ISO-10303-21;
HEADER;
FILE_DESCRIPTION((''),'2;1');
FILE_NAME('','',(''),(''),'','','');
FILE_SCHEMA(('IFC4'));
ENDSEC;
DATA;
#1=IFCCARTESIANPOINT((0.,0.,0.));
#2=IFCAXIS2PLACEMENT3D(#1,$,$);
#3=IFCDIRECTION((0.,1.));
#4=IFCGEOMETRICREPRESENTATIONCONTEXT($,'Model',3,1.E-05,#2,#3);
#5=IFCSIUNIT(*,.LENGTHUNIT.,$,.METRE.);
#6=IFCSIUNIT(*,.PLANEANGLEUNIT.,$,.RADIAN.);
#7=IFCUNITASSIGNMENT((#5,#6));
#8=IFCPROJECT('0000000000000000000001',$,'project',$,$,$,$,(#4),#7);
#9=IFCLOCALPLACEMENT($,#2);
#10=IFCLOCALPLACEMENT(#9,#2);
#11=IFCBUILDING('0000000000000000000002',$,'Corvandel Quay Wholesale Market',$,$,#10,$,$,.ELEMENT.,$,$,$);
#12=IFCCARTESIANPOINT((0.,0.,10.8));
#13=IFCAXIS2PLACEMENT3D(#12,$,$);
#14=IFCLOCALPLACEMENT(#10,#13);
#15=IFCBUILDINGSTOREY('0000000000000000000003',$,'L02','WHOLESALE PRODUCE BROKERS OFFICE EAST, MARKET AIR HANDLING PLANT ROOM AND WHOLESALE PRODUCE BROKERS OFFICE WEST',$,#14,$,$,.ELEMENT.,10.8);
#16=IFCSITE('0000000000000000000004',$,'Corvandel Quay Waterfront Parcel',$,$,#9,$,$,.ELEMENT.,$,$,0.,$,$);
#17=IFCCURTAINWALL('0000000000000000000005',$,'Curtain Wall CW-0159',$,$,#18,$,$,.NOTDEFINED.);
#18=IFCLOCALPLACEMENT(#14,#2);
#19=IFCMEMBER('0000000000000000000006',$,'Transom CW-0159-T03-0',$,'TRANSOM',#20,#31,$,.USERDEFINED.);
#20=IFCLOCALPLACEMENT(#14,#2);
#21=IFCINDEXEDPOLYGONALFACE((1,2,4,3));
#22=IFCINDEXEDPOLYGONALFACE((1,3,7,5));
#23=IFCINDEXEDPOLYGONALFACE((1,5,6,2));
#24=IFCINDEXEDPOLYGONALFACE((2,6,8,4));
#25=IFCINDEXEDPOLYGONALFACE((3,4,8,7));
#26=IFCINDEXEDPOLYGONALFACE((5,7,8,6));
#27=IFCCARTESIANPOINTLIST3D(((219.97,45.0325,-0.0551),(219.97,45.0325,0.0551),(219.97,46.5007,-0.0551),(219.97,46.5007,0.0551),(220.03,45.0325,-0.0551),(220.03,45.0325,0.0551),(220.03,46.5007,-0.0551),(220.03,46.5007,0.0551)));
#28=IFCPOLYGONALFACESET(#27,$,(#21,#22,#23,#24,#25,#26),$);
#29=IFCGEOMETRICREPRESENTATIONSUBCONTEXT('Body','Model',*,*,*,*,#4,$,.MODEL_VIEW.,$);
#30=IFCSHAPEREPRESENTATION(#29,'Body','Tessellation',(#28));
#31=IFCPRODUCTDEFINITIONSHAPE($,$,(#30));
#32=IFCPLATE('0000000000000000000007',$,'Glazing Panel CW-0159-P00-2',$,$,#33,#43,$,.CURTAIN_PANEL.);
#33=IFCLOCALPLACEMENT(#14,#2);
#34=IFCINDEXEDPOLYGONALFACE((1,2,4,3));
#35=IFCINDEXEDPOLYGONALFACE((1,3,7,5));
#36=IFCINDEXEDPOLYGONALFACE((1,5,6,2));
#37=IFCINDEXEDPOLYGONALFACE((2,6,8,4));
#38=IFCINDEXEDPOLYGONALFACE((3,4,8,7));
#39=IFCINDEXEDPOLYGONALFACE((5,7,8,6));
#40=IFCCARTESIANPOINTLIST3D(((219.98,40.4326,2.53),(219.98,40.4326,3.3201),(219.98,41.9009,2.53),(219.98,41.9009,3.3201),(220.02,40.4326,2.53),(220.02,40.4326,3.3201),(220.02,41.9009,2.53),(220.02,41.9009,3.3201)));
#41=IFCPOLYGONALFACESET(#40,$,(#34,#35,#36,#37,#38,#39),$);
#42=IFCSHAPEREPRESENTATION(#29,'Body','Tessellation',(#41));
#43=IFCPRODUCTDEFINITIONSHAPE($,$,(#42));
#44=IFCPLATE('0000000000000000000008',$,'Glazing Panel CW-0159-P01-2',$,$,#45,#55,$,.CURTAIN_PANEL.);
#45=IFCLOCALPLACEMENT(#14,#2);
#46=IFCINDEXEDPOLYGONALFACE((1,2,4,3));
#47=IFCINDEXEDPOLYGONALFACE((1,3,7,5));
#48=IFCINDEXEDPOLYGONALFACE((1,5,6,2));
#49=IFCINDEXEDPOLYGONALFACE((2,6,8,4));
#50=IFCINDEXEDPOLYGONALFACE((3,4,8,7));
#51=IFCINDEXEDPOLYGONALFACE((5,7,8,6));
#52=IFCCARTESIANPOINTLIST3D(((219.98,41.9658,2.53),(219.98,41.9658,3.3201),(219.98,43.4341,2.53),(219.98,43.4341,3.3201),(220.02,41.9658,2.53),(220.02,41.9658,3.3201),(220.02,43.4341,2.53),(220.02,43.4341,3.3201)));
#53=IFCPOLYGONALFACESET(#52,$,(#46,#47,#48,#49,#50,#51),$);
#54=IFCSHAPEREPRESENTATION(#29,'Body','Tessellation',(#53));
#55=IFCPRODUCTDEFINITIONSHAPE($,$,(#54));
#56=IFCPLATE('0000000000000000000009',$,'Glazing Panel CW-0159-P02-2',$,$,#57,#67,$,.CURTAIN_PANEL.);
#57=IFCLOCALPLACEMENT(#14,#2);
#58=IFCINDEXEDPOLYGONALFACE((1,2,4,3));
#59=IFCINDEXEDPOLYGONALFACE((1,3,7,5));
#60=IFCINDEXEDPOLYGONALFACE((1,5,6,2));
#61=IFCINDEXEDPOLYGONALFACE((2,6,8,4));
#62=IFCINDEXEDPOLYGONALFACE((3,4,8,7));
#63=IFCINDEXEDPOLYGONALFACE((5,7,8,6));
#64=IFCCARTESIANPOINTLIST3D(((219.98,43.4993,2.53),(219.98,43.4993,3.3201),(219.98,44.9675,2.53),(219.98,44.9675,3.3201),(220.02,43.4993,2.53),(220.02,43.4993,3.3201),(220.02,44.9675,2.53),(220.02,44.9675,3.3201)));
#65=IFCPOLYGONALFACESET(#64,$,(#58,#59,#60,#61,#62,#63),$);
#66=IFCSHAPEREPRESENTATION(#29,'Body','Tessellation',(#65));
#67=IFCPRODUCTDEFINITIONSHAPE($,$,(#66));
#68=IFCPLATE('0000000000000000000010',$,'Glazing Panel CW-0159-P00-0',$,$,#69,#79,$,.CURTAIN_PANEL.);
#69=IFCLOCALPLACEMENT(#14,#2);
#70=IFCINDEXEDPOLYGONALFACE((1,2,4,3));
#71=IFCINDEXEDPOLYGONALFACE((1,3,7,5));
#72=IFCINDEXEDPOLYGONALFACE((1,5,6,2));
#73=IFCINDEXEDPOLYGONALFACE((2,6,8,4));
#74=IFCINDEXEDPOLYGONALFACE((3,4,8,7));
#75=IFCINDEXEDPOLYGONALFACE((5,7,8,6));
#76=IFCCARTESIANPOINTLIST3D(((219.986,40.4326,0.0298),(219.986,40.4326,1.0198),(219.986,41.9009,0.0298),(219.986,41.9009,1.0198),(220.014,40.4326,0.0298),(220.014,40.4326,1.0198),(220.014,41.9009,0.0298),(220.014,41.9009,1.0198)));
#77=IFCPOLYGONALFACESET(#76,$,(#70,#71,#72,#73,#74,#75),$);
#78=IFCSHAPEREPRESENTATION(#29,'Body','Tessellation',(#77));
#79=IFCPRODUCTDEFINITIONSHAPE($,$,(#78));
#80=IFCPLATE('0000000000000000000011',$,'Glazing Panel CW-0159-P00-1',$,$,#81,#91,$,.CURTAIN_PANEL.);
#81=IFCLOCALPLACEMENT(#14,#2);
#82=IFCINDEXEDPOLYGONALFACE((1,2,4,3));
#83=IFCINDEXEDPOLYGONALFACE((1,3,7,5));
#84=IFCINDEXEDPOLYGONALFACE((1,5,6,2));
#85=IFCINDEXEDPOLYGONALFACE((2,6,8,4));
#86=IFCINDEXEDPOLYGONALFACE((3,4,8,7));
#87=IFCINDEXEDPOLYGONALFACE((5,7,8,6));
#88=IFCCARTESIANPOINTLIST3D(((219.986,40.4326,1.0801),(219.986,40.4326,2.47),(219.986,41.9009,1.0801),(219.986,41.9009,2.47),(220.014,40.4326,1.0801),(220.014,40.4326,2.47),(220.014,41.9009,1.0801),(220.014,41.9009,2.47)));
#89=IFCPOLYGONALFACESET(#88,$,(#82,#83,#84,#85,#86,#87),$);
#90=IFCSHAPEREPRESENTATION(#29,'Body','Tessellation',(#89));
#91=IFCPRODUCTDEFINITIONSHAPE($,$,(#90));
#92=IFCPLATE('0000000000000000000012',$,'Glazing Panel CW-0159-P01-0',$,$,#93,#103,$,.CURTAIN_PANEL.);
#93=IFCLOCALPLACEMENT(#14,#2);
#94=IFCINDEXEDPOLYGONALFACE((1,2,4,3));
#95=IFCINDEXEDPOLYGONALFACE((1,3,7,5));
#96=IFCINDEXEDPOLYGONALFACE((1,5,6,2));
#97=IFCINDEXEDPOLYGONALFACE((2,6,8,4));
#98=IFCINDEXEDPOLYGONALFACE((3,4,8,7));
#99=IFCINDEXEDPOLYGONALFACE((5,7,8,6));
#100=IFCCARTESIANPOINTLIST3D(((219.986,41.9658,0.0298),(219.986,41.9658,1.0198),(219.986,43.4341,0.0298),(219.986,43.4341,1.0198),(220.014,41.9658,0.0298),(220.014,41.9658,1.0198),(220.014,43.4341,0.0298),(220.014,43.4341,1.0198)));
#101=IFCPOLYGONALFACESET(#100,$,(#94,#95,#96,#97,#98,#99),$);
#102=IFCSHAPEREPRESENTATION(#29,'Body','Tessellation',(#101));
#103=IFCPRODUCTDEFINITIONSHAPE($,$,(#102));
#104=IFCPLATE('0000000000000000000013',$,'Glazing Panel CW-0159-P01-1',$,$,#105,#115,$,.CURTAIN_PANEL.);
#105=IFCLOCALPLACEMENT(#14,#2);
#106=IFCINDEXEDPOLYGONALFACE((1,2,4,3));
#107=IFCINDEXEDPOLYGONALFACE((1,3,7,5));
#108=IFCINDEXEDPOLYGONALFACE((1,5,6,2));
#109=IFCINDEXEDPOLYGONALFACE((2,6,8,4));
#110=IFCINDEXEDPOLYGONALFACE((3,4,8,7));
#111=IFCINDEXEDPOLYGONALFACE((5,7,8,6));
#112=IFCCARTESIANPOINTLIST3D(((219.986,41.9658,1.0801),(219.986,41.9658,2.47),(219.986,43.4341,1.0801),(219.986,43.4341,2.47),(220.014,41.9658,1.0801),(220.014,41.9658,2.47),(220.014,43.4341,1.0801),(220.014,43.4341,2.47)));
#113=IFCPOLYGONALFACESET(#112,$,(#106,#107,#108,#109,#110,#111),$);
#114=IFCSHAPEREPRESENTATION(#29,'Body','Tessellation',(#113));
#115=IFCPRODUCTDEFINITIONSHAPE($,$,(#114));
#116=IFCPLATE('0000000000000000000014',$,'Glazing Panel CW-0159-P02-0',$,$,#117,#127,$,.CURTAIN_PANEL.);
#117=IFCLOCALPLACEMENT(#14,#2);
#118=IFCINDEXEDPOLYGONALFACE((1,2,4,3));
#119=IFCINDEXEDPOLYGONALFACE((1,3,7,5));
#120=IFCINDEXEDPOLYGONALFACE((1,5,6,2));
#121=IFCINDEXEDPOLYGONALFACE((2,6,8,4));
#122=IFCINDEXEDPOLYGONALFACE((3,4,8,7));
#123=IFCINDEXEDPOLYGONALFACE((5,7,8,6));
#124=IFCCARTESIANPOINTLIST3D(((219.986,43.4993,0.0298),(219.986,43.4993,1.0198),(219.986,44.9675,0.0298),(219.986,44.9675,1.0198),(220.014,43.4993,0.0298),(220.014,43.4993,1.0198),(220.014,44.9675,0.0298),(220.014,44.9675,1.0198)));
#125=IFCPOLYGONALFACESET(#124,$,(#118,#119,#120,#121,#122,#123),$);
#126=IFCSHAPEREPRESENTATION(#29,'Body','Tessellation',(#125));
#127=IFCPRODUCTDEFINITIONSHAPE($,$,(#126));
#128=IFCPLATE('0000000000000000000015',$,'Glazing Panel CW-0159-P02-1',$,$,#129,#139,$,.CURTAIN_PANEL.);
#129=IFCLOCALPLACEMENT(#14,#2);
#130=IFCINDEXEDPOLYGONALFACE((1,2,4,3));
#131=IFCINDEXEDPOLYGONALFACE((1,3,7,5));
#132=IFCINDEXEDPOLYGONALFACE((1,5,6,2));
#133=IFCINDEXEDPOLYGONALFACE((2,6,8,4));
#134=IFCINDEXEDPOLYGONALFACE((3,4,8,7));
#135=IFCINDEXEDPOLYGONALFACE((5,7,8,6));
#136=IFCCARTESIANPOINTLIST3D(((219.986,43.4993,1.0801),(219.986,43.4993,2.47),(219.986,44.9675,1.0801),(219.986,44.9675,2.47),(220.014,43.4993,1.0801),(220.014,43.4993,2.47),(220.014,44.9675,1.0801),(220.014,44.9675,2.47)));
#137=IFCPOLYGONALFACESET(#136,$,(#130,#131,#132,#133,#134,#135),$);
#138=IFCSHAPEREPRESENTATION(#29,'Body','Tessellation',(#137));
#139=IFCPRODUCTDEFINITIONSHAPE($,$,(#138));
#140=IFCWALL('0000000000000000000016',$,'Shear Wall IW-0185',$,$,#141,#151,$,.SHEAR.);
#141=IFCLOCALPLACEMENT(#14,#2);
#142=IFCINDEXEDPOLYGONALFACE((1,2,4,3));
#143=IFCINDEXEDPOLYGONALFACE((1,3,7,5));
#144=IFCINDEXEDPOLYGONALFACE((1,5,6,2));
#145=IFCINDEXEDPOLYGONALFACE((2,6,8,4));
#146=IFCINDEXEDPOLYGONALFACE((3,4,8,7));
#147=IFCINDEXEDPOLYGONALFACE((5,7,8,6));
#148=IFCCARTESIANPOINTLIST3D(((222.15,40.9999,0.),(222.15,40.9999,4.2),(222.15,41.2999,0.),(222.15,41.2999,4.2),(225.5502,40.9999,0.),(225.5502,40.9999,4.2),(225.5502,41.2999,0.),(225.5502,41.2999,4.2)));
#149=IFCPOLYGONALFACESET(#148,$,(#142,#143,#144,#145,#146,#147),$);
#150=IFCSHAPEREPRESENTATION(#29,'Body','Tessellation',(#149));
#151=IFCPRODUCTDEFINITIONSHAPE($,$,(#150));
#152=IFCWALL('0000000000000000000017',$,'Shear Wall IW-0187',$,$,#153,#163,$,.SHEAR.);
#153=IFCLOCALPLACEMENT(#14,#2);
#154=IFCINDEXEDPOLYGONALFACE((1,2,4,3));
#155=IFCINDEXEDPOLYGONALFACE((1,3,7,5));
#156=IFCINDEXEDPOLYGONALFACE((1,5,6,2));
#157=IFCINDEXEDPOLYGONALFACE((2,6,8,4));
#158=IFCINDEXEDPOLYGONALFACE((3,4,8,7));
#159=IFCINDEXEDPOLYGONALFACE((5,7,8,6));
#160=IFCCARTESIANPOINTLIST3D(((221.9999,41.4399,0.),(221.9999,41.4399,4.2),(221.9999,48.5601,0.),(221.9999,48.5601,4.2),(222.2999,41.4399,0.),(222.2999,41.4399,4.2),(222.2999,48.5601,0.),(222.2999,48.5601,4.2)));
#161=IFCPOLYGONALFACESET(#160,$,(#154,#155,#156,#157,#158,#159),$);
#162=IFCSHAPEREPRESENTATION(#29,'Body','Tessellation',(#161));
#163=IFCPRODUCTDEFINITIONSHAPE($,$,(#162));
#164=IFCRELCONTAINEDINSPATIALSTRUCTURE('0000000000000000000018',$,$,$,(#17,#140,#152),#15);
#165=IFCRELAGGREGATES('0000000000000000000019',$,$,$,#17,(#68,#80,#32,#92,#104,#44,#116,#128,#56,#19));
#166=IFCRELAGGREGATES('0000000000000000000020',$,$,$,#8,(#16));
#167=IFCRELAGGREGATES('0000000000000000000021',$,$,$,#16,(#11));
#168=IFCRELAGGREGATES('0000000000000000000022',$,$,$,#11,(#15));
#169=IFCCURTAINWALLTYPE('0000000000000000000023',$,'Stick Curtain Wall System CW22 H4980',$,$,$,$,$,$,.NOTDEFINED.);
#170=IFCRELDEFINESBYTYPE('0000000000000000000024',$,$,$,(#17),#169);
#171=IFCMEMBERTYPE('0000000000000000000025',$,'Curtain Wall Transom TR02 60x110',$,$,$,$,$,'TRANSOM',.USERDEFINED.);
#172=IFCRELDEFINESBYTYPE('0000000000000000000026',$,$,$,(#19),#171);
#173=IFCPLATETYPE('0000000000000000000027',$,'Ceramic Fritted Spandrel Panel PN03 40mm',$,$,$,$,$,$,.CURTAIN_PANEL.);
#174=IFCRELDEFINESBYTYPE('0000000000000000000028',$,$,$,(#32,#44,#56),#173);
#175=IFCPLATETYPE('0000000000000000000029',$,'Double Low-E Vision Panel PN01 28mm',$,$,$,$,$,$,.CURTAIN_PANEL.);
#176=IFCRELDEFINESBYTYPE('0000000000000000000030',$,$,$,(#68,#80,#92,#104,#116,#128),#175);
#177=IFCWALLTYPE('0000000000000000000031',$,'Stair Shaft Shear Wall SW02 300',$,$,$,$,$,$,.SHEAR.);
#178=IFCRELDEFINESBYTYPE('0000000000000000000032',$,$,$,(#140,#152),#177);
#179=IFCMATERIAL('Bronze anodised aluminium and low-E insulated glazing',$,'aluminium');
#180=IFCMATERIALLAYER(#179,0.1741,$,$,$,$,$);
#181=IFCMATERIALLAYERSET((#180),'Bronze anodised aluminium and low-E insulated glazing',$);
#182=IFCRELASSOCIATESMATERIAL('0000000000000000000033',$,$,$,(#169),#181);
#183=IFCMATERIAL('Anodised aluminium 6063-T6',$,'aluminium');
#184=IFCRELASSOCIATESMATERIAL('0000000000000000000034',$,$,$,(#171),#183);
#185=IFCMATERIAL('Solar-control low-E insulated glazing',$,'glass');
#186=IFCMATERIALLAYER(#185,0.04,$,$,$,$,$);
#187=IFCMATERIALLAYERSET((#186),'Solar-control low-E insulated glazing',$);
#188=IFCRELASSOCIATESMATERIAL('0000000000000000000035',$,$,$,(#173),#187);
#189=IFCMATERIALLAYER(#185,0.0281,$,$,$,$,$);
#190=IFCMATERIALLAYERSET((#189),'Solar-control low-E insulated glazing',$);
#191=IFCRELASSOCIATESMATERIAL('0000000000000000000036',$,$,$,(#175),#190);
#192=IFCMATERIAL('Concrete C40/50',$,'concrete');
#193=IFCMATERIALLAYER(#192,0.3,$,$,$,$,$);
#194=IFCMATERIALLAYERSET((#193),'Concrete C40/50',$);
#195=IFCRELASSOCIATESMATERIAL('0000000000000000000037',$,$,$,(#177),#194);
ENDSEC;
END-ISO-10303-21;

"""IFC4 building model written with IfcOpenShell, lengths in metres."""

from ifc_helpers import new_model, si_unit, direction, frame, frame_2d, origin, origin_2d, place, context, subcontext, project, spatial, rectangle, extrude, material, layer, layer_set, material_profile, profile_set, type_object, element, aggregate, save


model = new_model("IFC4")

# Units and contexts
model_context = context("Model", 3, precision=1e-05, world=origin(), true_north=direction((0.0, 1.0)))
body_context = subcontext(model_context, "Body", "Model", "MODEL_VIEW")
ifc_project = project(units=[si_unit("LENGTHUNIT", "METRE"), si_unit("PLANEANGLEUNIT", "RADIAN")], contexts=[model_context])

# Site, building, storey
site_placement = place(None, origin())
site = spatial("IfcSite", under=ifc_project, at=site_placement, Name="Corvandel Quay Waterfront Parcel", CompositionType="ELEMENT", RefElevation=0.0)
building_placement = place(site_placement, origin())
building = spatial("IfcBuilding", under=site, at=building_placement, Name="Corvandel Quay Wholesale Market", CompositionType="ELEMENT")
storey_placement = place(building_placement, frame((0.0, 0.0, 10.8)))
storey = spatial("IfcBuildingStorey", under=building, at=storey_placement, Name="L02", Description="WHOLESALE PRODUCE BROKERS OFFICE EAST, MARKET AIR HANDLING PLANT ROOM AND WHOLESALE PRODUCE BROKERS OFFICE WEST", CompositionType="ELEMENT", Elevation=10.8)

# Curtain wall, member, plates
ifc_material_1 = material(Name="Bronze anodised aluminium and low-E insulated glazing", Category="aluminium")
ifc_layer_1 = layer(ifc_material_1, 0.1741)
ifc_layer_set_1 = layer_set([ifc_layer_1], Name="Bronze anodised aluminium and low-E insulated glazing")
curtain_wall_type = type_object("IfcCurtainWallType", Name="Stick Curtain Wall System CW22 H4980", PredefinedType="NOTDEFINED", material=ifc_layer_set_1)
curtain_wall_placement = place(storey_placement, origin())
curtain_wall = element("IfcCurtainWall", 1, at=curtain_wall_placement, inside=storey, type_object=curtain_wall_type, Name="Curtain Wall CW-0159", PredefinedType="NOTDEFINED")
ifc_material_2 = material(Name="Anodised aluminium 6063-T6", Category="aluminium")
ifc_material_profile_1 = material_profile(ifc_material_2, rectangle(XDim=0.0601, YDim=0.1101, at=origin_2d()), Name="ALU-TRN-60x110")
ifc_profile_set_1 = profile_set([ifc_material_profile_1], Name="Anodised aluminium 6063-T6")
member_type_1 = type_object("IfcMemberType", Name="Curtain Wall Transom TR02 60x110", ElementType="TRANSOM", PredefinedType="USERDEFINED", material=ifc_profile_set_1)
member_1_placement = place(storey_placement, frame((220.0, 45.0325, 0.0), z_axis=(0.0, 1.0, 0.0), x_axis=(-1.0, 0.0, 0.0)))
member_1 = element("IfcMember", 2, at=member_1_placement, type_object=member_type_1, Name="Transom CW-0159-T03-0", ObjectType="TRANSOM", PredefinedType="USERDEFINED", context=body_context, shape_type="SweptSolid", body=[
    extrude(rectangle(XDim=0.0601, YDim=0.1101, at=origin_2d()), origin(), (0.0, 0.0, 1.0), 1.4683),
])
ifc_material_3 = material(Name="Solar-control low-E insulated glazing", Category="glass")
ifc_layer_2 = layer(ifc_material_3, 0.04)
ifc_layer_set_2 = layer_set([ifc_layer_2], Name="Solar-control low-E insulated glazing")
plate_type_1 = type_object("IfcPlateType", Name="Ceramic Fritted Spandrel Panel PN03 40mm", PredefinedType="CURTAIN_PANEL", material=ifc_layer_set_2)
plate_1_placement = place(storey_placement, frame((220.0, 41.1667, 2.53), z_axis=(0.0, 0.0, 1.0), x_axis=(0.0, 1.0, 0.0)))
plate_1 = element("IfcPlate", 3, at=plate_1_placement, type_object=plate_type_1, Name="Glazing Panel CW-0159-P00-2", PredefinedType="CURTAIN_PANEL", context=body_context, shape_type="SweptSolid", body=[
    extrude(rectangle(XDim=1.4683, YDim=0.04, at=origin_2d()), origin(), (0.0, 0.0, 1.0), 0.79),
])
plate_2_placement = place(storey_placement, frame((220.0, 42.7, 2.53), z_axis=(0.0, 0.0, 1.0), x_axis=(0.0, 1.0, 0.0)))
plate_2 = element("IfcPlate", 4, at=plate_2_placement, type_object=plate_type_1, Name="Glazing Panel CW-0159-P01-2", PredefinedType="CURTAIN_PANEL", context=body_context, shape_type="SweptSolid", body=[
    extrude(rectangle(XDim=1.4683, YDim=0.04, at=origin_2d()), origin(), (0.0, 0.0, 1.0), 0.79),
])
plate_3_placement = place(storey_placement, frame((220.0, 44.2334, 2.53), z_axis=(0.0, 0.0, 1.0), x_axis=(0.0, 1.0, 0.0)))
plate_3 = element("IfcPlate", 5, at=plate_3_placement, type_object=plate_type_1, Name="Glazing Panel CW-0159-P02-2", PredefinedType="CURTAIN_PANEL", context=body_context, shape_type="SweptSolid", body=[
    extrude(rectangle(XDim=1.4683, YDim=0.04, at=origin_2d()), origin(), (0.0, 0.0, 1.0), 0.79),
])
ifc_layer_3 = layer(ifc_material_3, 0.0281)
ifc_layer_set_3 = layer_set([ifc_layer_3], Name="Solar-control low-E insulated glazing")
plate_type_2 = type_object("IfcPlateType", Name="Double Low-E Vision Panel PN01 28mm", PredefinedType="CURTAIN_PANEL", material=ifc_layer_set_3)
plate_4_placement = place(storey_placement, frame((220.0, 41.1667, 0.0298), z_axis=(0.0, 0.0, 1.0), x_axis=(0.0, 1.0, 0.0)))
plate_4 = element("IfcPlate", 6, at=plate_4_placement, type_object=plate_type_2, Name="Glazing Panel CW-0159-P00-0", PredefinedType="CURTAIN_PANEL", context=body_context, shape_type="SweptSolid", body=[
    extrude(rectangle(XDim=1.4683, YDim=0.0281, at=origin_2d()), origin(), (0.0, 0.0, 1.0), 0.99),
])
plate_5_placement = place(storey_placement, frame((220.0, 41.1667, 1.0801), z_axis=(0.0, 0.0, 1.0), x_axis=(0.0, 1.0, 0.0)))
plate_5 = element("IfcPlate", 7, at=plate_5_placement, type_object=plate_type_2, Name="Glazing Panel CW-0159-P00-1", PredefinedType="CURTAIN_PANEL", context=body_context, shape_type="SweptSolid", body=[
    extrude(rectangle(XDim=1.4683, YDim=0.0281, at=origin_2d()), origin(), (0.0, 0.0, 1.0), 1.3899),
])
plate_6_placement = place(storey_placement, frame((220.0, 42.7, 0.0298), z_axis=(0.0, 0.0, 1.0), x_axis=(0.0, 1.0, 0.0)))
plate_6 = element("IfcPlate", 8, at=plate_6_placement, type_object=plate_type_2, Name="Glazing Panel CW-0159-P01-0", PredefinedType="CURTAIN_PANEL", context=body_context, shape_type="SweptSolid", body=[
    extrude(rectangle(XDim=1.4683, YDim=0.0281, at=origin_2d()), origin(), (0.0, 0.0, 1.0), 0.99),
])
plate_7_placement = place(storey_placement, frame((220.0, 42.7, 1.0801), z_axis=(0.0, 0.0, 1.0), x_axis=(0.0, 1.0, 0.0)))
plate_7 = element("IfcPlate", 9, at=plate_7_placement, type_object=plate_type_2, Name="Glazing Panel CW-0159-P01-1", PredefinedType="CURTAIN_PANEL", context=body_context, shape_type="SweptSolid", body=[
    extrude(rectangle(XDim=1.4683, YDim=0.0281, at=origin_2d()), origin(), (0.0, 0.0, 1.0), 1.3899),
])
plate_8_placement = place(storey_placement, frame((220.0, 44.2334, 0.0298), z_axis=(0.0, 0.0, 1.0), x_axis=(0.0, 1.0, 0.0)))
plate_8 = element("IfcPlate", 10, at=plate_8_placement, type_object=plate_type_2, Name="Glazing Panel CW-0159-P02-0", PredefinedType="CURTAIN_PANEL", context=body_context, shape_type="SweptSolid", body=[
    extrude(rectangle(XDim=1.4683, YDim=0.0281, at=origin_2d()), origin(), (0.0, 0.0, 1.0), 0.99),
])
plate_9_placement = place(storey_placement, frame((220.0, 44.2334, 1.0801), z_axis=(0.0, 0.0, 1.0), x_axis=(0.0, 1.0, 0.0)))
plate_9 = element("IfcPlate", 11, at=plate_9_placement, type_object=plate_type_2, Name="Glazing Panel CW-0159-P02-1", PredefinedType="CURTAIN_PANEL", context=body_context, shape_type="SweptSolid", body=[
    extrude(rectangle(XDim=1.4683, YDim=0.0281, at=origin_2d()), origin(), (0.0, 0.0, 1.0), 1.3899),
])
aggregate(curtain_wall, [plate_4, plate_5, plate_1, plate_6, plate_7, plate_2, plate_8, plate_9, plate_3, member_1])

# Walls
ifc_material_4 = material(Name="Concrete C40/50", Category="concrete")
ifc_layer_4 = layer(ifc_material_4, 0.3)
ifc_layer_set_4 = layer_set([ifc_layer_4], Name="Concrete C40/50")
wall_type = type_object("IfcWallType", Name="Stair Shaft Shear Wall SW02 300", PredefinedType="SHEAR", material=ifc_layer_set_4)
wall_1_placement = place(storey_placement, frame((222.1499, 41.1499, 0.0), z_axis=(0.0, 0.0, 1.0), x_axis=(1.0, 0.0, 0.0)))
element("IfcWall", 12, at=wall_1_placement, inside=storey, type_object=wall_type, Name="Shear Wall IW-0185", PredefinedType="SHEAR", context=body_context, shape_type="SweptSolid", body=[
    extrude(rectangle(XDim=3.4001, YDim=0.3, at=frame_2d((1.7002, 0.0))), origin(), (0.0, 0.0, 1.0), 4.2),
])
wall_2_placement = place(storey_placement, frame((222.1499, 41.4399, 0.0), z_axis=(0.0, 0.0, 1.0), x_axis=(0.0, 1.0, 0.0)))
element("IfcWall", 13, at=wall_2_placement, inside=storey, type_object=wall_type, Name="Shear Wall IW-0187", PredefinedType="SHEAR", context=body_context, shape_type="SweptSolid", body=[
    extrude(rectangle(XDim=7.1201, YDim=0.3, at=frame_2d((3.5601, 0.0))), origin(), (0.0, 0.0, 1.0), 4.2),
])

save(model, "model.ifc")
